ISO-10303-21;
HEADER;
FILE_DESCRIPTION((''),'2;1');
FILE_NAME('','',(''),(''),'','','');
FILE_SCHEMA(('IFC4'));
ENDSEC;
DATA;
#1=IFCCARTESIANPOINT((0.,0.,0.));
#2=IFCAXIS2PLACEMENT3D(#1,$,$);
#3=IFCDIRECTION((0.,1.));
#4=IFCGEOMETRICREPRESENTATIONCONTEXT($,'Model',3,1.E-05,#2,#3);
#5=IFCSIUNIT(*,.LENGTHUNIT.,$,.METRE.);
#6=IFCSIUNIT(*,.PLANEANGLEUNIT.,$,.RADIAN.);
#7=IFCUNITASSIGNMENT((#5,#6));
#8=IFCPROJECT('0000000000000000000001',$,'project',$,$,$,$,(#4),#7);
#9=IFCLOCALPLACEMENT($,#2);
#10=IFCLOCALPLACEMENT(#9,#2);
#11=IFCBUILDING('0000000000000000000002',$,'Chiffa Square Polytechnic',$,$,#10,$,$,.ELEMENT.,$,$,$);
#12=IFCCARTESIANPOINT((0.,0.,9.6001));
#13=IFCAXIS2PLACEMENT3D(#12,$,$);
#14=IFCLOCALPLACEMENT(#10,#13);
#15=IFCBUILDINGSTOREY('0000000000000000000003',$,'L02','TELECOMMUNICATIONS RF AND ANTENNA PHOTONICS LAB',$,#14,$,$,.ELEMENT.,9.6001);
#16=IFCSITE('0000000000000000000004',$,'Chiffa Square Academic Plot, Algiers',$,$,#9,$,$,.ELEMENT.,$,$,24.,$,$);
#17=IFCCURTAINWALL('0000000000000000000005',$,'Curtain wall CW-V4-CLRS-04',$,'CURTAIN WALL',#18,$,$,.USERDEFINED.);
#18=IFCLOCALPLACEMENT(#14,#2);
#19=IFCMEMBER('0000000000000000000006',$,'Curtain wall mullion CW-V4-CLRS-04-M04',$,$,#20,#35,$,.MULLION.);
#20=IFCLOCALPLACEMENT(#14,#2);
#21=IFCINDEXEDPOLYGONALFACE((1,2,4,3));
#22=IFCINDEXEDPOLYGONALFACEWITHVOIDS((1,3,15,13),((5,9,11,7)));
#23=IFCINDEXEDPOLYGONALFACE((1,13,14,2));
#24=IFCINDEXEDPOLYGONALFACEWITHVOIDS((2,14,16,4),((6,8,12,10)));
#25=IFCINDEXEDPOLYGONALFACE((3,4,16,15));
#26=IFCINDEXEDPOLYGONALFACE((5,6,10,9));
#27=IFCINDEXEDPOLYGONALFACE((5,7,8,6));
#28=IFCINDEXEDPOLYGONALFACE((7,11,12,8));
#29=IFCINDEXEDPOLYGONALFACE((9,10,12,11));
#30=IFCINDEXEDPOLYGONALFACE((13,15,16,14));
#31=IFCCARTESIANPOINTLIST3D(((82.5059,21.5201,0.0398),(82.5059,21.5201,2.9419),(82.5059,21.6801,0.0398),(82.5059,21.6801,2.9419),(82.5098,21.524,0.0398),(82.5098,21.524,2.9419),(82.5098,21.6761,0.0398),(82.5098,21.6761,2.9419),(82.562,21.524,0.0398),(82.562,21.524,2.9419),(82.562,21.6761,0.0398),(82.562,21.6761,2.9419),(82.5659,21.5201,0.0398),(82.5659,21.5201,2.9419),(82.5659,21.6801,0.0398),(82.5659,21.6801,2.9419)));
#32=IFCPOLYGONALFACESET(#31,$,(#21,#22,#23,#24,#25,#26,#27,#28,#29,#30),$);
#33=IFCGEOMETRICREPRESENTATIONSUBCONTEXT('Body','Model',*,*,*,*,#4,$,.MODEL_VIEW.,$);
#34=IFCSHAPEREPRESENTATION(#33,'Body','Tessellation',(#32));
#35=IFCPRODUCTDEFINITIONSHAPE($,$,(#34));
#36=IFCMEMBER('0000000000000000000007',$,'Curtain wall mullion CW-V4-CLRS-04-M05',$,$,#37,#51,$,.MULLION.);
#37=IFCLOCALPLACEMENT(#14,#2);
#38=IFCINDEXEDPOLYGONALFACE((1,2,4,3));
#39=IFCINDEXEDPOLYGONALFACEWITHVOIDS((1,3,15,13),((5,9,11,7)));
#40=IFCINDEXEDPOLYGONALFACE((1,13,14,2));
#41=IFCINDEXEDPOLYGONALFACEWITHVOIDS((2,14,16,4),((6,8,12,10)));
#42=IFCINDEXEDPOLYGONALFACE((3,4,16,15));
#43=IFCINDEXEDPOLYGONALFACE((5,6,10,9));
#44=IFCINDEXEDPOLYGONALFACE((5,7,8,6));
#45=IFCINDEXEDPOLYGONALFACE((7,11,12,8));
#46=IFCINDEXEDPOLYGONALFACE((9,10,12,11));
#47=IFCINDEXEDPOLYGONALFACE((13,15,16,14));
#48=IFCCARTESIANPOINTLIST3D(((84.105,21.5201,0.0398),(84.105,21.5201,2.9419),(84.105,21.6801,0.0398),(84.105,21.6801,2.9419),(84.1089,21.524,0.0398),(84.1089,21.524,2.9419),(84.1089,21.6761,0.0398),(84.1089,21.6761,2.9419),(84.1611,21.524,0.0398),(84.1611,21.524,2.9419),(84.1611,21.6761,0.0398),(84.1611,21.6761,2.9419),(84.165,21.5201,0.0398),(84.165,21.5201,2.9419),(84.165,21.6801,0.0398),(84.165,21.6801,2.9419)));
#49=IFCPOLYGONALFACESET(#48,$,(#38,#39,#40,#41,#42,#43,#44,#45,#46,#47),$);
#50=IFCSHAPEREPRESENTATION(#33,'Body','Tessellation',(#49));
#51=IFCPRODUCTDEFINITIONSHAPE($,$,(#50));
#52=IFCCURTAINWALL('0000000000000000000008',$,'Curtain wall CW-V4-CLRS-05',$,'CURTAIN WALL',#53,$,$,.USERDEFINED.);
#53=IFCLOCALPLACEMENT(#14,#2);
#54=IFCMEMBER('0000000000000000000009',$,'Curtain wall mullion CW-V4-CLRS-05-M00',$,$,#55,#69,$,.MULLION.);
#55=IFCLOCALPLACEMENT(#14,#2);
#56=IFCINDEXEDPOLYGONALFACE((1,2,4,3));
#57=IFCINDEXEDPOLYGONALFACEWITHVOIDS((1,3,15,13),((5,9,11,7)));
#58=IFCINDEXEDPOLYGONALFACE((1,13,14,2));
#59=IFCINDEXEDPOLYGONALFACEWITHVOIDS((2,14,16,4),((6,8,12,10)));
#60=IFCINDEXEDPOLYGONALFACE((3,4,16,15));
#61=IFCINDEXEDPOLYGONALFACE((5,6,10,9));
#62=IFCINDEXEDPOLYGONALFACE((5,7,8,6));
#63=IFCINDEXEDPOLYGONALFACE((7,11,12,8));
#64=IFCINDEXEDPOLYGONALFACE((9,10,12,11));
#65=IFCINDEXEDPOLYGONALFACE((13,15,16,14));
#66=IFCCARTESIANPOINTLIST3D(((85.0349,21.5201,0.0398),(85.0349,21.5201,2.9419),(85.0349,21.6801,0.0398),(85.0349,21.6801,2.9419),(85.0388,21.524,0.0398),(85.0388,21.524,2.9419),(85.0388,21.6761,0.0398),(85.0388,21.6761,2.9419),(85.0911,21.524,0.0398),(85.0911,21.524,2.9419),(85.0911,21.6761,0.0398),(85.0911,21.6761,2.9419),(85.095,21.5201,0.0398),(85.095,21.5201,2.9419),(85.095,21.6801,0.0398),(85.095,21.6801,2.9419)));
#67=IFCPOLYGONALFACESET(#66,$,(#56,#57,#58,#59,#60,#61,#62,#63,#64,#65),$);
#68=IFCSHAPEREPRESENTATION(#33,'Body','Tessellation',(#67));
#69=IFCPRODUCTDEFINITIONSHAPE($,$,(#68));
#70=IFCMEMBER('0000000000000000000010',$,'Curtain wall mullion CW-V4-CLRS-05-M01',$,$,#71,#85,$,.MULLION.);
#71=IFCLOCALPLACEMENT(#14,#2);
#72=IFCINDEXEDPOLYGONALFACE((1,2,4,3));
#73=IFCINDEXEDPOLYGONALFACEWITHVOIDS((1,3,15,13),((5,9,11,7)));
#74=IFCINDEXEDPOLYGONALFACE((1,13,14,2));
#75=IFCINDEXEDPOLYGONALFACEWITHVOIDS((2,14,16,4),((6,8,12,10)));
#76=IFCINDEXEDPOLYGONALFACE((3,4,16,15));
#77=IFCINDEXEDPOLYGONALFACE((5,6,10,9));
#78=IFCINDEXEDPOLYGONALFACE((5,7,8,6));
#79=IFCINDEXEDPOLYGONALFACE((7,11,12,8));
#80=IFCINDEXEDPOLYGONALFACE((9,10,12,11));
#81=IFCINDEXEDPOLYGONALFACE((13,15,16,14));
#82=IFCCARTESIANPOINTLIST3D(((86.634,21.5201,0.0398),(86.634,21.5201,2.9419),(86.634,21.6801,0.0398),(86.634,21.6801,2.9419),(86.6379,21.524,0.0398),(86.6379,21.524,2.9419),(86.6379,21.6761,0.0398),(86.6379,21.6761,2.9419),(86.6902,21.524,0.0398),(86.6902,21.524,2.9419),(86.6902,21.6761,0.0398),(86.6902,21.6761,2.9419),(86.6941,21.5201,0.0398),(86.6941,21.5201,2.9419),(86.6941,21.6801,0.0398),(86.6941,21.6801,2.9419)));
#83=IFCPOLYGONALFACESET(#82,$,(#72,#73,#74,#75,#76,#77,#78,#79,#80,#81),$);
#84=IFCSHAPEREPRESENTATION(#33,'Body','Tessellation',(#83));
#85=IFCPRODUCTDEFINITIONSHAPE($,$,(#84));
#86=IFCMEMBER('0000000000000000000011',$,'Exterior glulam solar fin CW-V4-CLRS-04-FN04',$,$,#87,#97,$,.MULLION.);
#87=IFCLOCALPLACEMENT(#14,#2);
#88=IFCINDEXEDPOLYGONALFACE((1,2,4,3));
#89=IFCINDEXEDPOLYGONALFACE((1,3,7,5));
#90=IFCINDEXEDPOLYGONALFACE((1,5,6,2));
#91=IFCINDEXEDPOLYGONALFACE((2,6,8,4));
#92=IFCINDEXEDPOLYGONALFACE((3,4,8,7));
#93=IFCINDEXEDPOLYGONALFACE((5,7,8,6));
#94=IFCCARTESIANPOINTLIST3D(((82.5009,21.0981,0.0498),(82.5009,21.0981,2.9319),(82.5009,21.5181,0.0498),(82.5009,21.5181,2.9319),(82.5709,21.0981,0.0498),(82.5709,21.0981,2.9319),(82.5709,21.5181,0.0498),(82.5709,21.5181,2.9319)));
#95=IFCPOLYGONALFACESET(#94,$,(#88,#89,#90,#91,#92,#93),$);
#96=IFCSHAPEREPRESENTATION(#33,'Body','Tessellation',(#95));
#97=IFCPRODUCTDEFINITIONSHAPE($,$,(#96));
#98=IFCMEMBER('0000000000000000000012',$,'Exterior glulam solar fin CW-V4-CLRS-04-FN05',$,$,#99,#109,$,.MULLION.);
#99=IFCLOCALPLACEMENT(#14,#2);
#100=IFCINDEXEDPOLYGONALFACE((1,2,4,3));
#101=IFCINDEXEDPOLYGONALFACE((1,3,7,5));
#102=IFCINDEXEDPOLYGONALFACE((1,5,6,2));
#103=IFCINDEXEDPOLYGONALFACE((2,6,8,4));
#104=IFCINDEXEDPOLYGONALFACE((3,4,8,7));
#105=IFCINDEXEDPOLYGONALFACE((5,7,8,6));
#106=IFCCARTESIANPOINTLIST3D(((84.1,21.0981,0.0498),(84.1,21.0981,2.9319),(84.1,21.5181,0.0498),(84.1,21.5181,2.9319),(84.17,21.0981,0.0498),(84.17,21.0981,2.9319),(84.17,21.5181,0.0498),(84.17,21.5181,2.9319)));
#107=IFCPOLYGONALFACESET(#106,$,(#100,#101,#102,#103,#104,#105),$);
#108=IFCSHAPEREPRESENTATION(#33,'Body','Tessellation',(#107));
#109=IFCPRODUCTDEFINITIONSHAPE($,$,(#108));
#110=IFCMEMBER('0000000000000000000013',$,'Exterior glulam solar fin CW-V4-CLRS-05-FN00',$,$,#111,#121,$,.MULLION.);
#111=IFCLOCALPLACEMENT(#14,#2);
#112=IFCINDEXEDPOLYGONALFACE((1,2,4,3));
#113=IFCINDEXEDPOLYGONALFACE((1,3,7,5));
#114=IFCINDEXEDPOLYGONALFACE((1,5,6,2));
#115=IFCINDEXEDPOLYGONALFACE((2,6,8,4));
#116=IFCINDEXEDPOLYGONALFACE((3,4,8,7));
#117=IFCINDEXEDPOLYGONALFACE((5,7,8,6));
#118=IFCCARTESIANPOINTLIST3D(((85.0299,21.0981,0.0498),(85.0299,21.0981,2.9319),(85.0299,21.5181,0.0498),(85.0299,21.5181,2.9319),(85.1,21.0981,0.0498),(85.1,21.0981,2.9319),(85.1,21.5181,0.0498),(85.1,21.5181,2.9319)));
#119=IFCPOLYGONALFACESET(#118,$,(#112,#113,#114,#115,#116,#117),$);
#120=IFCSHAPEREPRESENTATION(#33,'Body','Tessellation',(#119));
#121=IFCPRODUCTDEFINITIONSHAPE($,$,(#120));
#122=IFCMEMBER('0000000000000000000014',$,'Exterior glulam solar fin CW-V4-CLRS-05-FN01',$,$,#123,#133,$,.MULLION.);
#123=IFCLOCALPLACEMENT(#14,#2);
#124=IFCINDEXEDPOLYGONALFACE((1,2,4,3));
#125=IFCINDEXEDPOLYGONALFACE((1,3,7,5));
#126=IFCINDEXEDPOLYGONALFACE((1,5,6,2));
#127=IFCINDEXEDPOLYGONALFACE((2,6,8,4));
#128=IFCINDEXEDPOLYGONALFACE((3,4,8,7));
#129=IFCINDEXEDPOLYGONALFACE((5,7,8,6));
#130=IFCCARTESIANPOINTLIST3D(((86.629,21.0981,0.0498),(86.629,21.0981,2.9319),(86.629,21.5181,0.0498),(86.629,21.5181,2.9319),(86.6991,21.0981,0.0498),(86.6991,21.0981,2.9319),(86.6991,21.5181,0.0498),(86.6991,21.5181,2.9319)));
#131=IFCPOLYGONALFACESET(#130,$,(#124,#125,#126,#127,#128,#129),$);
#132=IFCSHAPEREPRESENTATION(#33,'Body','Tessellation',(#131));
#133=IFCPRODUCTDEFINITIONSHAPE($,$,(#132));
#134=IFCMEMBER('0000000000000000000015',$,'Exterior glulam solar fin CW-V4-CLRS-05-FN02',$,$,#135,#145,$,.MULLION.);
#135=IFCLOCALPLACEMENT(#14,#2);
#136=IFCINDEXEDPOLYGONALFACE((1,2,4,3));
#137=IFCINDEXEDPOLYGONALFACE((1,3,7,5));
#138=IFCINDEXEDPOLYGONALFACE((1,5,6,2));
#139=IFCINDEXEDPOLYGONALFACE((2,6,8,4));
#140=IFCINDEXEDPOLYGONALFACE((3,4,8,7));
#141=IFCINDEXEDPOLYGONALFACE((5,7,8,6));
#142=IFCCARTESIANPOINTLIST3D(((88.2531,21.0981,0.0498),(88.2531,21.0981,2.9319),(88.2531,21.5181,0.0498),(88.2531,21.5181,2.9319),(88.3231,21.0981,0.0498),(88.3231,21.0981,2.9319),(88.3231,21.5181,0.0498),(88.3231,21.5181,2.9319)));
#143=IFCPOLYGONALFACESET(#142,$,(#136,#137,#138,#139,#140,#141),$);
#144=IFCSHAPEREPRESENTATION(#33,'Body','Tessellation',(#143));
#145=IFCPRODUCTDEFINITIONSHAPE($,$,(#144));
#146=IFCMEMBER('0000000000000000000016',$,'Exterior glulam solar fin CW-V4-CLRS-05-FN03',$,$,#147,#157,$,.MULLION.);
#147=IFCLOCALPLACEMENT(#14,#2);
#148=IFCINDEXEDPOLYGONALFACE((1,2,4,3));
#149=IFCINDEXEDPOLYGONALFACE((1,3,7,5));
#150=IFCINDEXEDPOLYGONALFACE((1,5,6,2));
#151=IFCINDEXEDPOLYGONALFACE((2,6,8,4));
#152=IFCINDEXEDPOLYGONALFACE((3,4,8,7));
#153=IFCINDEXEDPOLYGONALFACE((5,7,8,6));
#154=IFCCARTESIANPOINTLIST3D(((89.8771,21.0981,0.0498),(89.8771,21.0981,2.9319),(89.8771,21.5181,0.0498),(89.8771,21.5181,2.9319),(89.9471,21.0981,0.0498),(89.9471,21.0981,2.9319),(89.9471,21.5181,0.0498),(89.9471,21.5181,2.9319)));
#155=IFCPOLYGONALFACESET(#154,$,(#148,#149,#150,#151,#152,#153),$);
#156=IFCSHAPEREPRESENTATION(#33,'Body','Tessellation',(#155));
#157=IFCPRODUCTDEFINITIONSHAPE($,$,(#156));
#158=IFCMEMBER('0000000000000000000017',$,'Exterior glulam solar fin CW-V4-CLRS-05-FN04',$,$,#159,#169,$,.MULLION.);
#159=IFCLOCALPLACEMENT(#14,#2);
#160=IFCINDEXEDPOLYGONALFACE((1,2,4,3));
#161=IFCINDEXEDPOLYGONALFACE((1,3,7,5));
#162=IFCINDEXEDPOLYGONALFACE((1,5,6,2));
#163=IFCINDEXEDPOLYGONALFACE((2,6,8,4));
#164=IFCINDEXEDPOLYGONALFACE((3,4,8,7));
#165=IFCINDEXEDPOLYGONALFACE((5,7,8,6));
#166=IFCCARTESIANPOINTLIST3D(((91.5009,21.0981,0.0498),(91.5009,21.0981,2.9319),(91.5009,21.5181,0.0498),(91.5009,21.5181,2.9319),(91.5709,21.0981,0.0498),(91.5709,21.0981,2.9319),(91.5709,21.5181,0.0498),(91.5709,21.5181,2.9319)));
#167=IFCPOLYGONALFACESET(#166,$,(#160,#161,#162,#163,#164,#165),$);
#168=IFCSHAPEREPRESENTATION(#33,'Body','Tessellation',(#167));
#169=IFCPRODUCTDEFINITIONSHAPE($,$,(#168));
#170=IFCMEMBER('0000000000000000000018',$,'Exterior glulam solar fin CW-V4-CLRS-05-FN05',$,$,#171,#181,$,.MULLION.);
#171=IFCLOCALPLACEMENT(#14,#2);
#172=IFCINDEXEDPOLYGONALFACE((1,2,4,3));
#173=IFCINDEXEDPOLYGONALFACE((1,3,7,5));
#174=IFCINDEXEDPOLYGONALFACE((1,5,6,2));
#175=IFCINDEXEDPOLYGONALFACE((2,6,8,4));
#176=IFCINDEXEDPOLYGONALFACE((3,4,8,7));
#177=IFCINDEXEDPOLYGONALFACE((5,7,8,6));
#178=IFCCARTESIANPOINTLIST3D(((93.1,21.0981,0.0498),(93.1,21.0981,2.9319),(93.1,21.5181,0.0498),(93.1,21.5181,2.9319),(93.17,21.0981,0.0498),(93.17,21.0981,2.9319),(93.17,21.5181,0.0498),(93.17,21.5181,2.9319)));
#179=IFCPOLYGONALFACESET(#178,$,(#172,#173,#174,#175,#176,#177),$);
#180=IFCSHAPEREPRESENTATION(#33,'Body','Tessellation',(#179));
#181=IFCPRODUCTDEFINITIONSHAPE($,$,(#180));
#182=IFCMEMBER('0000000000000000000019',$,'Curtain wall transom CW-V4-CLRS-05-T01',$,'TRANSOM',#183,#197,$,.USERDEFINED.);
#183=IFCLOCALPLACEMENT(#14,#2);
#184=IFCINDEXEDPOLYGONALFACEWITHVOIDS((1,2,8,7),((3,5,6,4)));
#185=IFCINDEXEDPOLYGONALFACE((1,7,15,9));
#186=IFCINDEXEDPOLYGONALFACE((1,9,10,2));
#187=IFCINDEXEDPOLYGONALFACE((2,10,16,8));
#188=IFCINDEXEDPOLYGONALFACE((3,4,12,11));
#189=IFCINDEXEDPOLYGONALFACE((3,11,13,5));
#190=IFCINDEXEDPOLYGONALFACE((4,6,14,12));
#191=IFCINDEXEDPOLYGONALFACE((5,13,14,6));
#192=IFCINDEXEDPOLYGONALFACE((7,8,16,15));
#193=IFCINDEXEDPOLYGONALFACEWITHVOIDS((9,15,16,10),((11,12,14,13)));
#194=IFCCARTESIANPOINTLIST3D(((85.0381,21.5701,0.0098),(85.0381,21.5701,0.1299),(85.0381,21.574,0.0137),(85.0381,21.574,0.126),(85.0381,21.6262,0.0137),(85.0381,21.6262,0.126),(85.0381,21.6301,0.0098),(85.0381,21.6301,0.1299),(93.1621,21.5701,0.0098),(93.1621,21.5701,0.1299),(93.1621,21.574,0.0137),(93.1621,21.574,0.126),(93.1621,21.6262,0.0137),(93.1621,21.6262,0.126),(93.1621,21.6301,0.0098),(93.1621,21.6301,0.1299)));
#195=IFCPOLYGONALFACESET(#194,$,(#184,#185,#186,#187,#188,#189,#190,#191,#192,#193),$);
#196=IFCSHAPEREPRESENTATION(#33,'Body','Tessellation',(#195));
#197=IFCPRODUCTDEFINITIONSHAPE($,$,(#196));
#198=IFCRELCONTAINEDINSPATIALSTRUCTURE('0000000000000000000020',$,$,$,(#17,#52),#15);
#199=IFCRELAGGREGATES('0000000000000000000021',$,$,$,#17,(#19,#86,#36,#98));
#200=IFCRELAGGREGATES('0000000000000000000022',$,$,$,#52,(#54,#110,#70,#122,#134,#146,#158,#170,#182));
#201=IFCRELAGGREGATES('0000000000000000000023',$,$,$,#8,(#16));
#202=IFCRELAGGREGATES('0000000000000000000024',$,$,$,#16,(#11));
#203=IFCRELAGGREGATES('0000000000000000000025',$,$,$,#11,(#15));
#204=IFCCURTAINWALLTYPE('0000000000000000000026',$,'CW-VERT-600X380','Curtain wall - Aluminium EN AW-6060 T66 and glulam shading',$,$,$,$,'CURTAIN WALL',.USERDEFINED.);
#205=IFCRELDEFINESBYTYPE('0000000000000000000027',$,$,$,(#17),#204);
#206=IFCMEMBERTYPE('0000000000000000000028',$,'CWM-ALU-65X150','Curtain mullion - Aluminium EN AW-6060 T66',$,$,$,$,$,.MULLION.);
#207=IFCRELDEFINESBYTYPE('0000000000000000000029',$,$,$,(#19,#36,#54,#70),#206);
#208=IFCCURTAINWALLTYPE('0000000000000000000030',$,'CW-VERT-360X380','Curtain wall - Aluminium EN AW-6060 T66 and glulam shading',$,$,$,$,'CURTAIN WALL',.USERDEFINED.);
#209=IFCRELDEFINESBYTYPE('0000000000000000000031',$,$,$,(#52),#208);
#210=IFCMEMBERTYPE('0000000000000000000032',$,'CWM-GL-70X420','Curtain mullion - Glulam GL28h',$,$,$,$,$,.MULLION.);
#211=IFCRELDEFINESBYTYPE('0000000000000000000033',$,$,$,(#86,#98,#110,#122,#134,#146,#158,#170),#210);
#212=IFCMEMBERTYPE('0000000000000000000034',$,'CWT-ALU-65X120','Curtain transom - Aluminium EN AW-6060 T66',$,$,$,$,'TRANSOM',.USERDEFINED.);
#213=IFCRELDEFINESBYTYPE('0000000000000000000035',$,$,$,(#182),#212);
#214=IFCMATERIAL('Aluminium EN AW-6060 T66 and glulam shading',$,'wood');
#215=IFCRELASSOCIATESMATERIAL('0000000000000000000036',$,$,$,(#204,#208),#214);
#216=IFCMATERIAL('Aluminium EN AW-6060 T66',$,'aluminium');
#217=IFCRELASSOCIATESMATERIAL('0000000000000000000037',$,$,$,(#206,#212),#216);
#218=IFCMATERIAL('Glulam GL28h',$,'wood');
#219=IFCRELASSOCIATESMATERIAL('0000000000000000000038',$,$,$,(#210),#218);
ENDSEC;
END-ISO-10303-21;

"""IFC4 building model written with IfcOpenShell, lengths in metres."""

from ifc_helpers import new_model, si_unit, direction, frame, origin, origin_2d, place, context, subcontext, project, spatial, rectangle, hollow_rectangle, extrude, material, material_profile, profile_set, type_object, element, aggregate, save


model = new_model("IFC4")

# Units and contexts
model_context = context("Model", 3, precision=1e-05, world=origin(), true_north=direction((0.0, 1.0)))
body_context = subcontext(model_context, "Body", "Model", "MODEL_VIEW")
ifc_project = project(units=[si_unit("LENGTHUNIT", "METRE"), si_unit("PLANEANGLEUNIT", "RADIAN")], contexts=[model_context])

# Site, building, storey
site_placement = place(None, origin())
site = spatial("IfcSite", under=ifc_project, at=site_placement, Name="Chiffa Square Academic Plot, Algiers", CompositionType="ELEMENT", RefElevation=24.0)
building_placement = place(site_placement, origin())
building = spatial("IfcBuilding", under=site, at=building_placement, Name="Chiffa Square Polytechnic", CompositionType="ELEMENT")
storey_placement = place(building_placement, frame((0.0, 0.0, 9.6001)))
storey = spatial("IfcBuildingStorey", under=building, at=storey_placement, Name="L02", Description="TELECOMMUNICATIONS RF AND ANTENNA PHOTONICS LAB", CompositionType="ELEMENT", Elevation=9.6001)

# Curtain walls, members
ifc_material_1 = material(Name="Aluminium EN AW-6060 T66 and glulam shading", Category="wood")
curtain_wall_type_1 = type_object("IfcCurtainWallType", Name="CW-VERT-600X380", Description="Curtain wall - Aluminium EN AW-6060 T66 and glulam shading", ElementType="CURTAIN WALL", PredefinedType="USERDEFINED", material=ifc_material_1)
curtain_wall_1_placement = place(storey_placement, origin())
curtain_wall_1 = element("IfcCurtainWall", 1, at=curtain_wall_1_placement, inside=storey, type_object=curtain_wall_type_1, Name="Curtain wall CW-V4-CLRS-04", ObjectType="CURTAIN WALL", PredefinedType="USERDEFINED")
ifc_material_2 = material(Name="Aluminium EN AW-6060 T66", Category="aluminium")
ifc_material_profile_1 = material_profile(ifc_material_2, hollow_rectangle(XDim=0.0601, YDim=0.1599, WallThickness=0.0039, at=origin_2d()), Name="ALU 60x160x4")
ifc_profile_set_1 = profile_set([ifc_material_profile_1], Name="Aluminium EN AW-6060 T66")
member_type_1 = type_object("IfcMemberType", Name="CWM-ALU-65X150", Description="Curtain mullion - Aluminium EN AW-6060 T66", PredefinedType="MULLION", material=ifc_profile_set_1)
member_1_placement = place(storey_placement, frame((82.5359, 21.6001, 0.0398), z_axis=(0.0, 0.0, 1.0), x_axis=(1.0, 0.0, 0.0)))
member_1 = element("IfcMember", 2, at=member_1_placement, type_object=member_type_1, Name="Curtain wall mullion CW-V4-CLRS-04-M04", PredefinedType="MULLION", context=body_context, shape_type="SweptSolid", body=[
    extrude(hollow_rectangle(XDim=0.0601, YDim=0.1599, WallThickness=0.0039, at=origin_2d()), origin(), (0.0, 0.0, 1.0), 2.9021),
])
member_2_placement = place(storey_placement, frame((84.135, 21.6001, 0.0398), z_axis=(0.0, 0.0, 1.0), x_axis=(1.0, 0.0, 0.0)))
member_2 = element("IfcMember", 3, at=member_2_placement, type_object=member_type_1, Name="Curtain wall mullion CW-V4-CLRS-04-M05", PredefinedType="MULLION", context=body_context, shape_type="SweptSolid", body=[
    extrude(hollow_rectangle(XDim=0.0601, YDim=0.1599, WallThickness=0.0039, at=origin_2d()), origin(), (0.0, 0.0, 1.0), 2.9021),
])
curtain_wall_type_2 = type_object("IfcCurtainWallType", Name="CW-VERT-360X380", Description="Curtain wall - Aluminium EN AW-6060 T66 and glulam shading", ElementType="CURTAIN WALL", PredefinedType="USERDEFINED", material=ifc_material_1)
curtain_wall_2_placement = place(storey_placement, origin())
curtain_wall_2 = element("IfcCurtainWall", 4, at=curtain_wall_2_placement, inside=storey, type_object=curtain_wall_type_2, Name="Curtain wall CW-V4-CLRS-05", ObjectType="CURTAIN WALL", PredefinedType="USERDEFINED")
member_3_placement = place(storey_placement, frame((85.0649, 21.6001, 0.0398), z_axis=(0.0, 0.0, 1.0), x_axis=(1.0, 0.0, 0.0)))
member_3 = element("IfcMember", 5, at=member_3_placement, type_object=member_type_1, Name="Curtain wall mullion CW-V4-CLRS-05-M00", PredefinedType="MULLION", context=body_context, shape_type="SweptSolid", body=[
    extrude(hollow_rectangle(XDim=0.0601, YDim=0.1599, WallThickness=0.0039, at=origin_2d()), origin(), (0.0, 0.0, 1.0), 2.9021),
])
member_4_placement = place(storey_placement, frame((86.6641, 21.6001, 0.0398), z_axis=(0.0, 0.0, 1.0), x_axis=(1.0, 0.0, 0.0)))
member_4 = element("IfcMember", 6, at=member_4_placement, type_object=member_type_1, Name="Curtain wall mullion CW-V4-CLRS-05-M01", PredefinedType="MULLION", context=body_context, shape_type="SweptSolid", body=[
    extrude(hollow_rectangle(XDim=0.0601, YDim=0.1599, WallThickness=0.0039, at=origin_2d()), origin(), (0.0, 0.0, 1.0), 2.9021),
])

# Members
ifc_material_3 = material(Name="Glulam GL28h", Category="wood")
ifc_material_profile_2 = material_profile(ifc_material_3, rectangle(XDim=0.0701, YDim=0.4199, at=origin_2d()), Name="GL28h 70x420")
ifc_profile_set_2 = profile_set([ifc_material_profile_2], Name="Glulam GL28h")
member_type_2 = type_object("IfcMemberType", Name="CWM-GL-70X420", Description="Curtain mullion - Glulam GL28h", PredefinedType="MULLION", material=ifc_profile_set_2)
member_5_placement = place(storey_placement, frame((82.5359, 21.3081, 0.0498), z_axis=(0.0, 0.0, 1.0), x_axis=(1.0, 0.0, 0.0)))
member_5 = element("IfcMember", 7, at=member_5_placement, type_object=member_type_2, Name="Exterior glulam solar fin CW-V4-CLRS-04-FN04", PredefinedType="MULLION", context=body_context, shape_type="SweptSolid", body=[
    extrude(rectangle(XDim=0.0701, YDim=0.4199, at=origin_2d()), origin(), (0.0, 0.0, 1.0), 2.8821),
])
member_6_placement = place(storey_placement, frame((84.135, 21.3081, 0.0498), z_axis=(0.0, 0.0, 1.0), x_axis=(1.0, 0.0, 0.0)))
member_6 = element("IfcMember", 8, at=member_6_placement, type_object=member_type_2, Name="Exterior glulam solar fin CW-V4-CLRS-04-FN05", PredefinedType="MULLION", context=body_context, shape_type="SweptSolid", body=[
    extrude(rectangle(XDim=0.0701, YDim=0.4199, at=origin_2d()), origin(), (0.0, 0.0, 1.0), 2.8821),
])
member_7_placement = place(storey_placement, frame((85.0649, 21.3081, 0.0498), z_axis=(0.0, 0.0, 1.0), x_axis=(1.0, 0.0, 0.0)))
member_7 = element("IfcMember", 9, at=member_7_placement, type_object=member_type_2, Name="Exterior glulam solar fin CW-V4-CLRS-05-FN00", PredefinedType="MULLION", context=body_context, shape_type="SweptSolid", body=[
    extrude(rectangle(XDim=0.0701, YDim=0.4199, at=origin_2d()), origin(), (0.0, 0.0, 1.0), 2.8821),
])
member_8_placement = place(storey_placement, frame((86.6641, 21.3081, 0.0498), z_axis=(0.0, 0.0, 1.0), x_axis=(1.0, 0.0, 0.0)))
member_8 = element("IfcMember", 10, at=member_8_placement, type_object=member_type_2, Name="Exterior glulam solar fin CW-V4-CLRS-05-FN01", PredefinedType="MULLION", context=body_context, shape_type="SweptSolid", body=[
    extrude(rectangle(XDim=0.0701, YDim=0.4199, at=origin_2d()), origin(), (0.0, 0.0, 1.0), 2.8821),
])
member_9_placement = place(storey_placement, frame((88.2881, 21.3081, 0.0498), z_axis=(0.0, 0.0, 1.0), x_axis=(1.0, 0.0, 0.0)))
member_9 = element("IfcMember", 11, at=member_9_placement, type_object=member_type_2, Name="Exterior glulam solar fin CW-V4-CLRS-05-FN02", PredefinedType="MULLION", context=body_context, shape_type="SweptSolid", body=[
    extrude(rectangle(XDim=0.0701, YDim=0.4199, at=origin_2d()), origin(), (0.0, 0.0, 1.0), 2.8821),
])
member_10_placement = place(storey_placement, frame((89.9121, 21.3081, 0.0498), z_axis=(0.0, 0.0, 1.0), x_axis=(1.0, 0.0, 0.0)))
member_10 = element("IfcMember", 12, at=member_10_placement, type_object=member_type_2, Name="Exterior glulam solar fin CW-V4-CLRS-05-FN03", PredefinedType="MULLION", context=body_context, shape_type="SweptSolid", body=[
    extrude(rectangle(XDim=0.0701, YDim=0.4199, at=origin_2d()), origin(), (0.0, 0.0, 1.0), 2.8821),
])
member_11_placement = place(storey_placement, frame((91.5359, 21.3081, 0.0498), z_axis=(0.0, 0.0, 1.0), x_axis=(1.0, 0.0, 0.0)))
member_11 = element("IfcMember", 13, at=member_11_placement, type_object=member_type_2, Name="Exterior glulam solar fin CW-V4-CLRS-05-FN04", PredefinedType="MULLION", context=body_context, shape_type="SweptSolid", body=[
    extrude(rectangle(XDim=0.0701, YDim=0.4199, at=origin_2d()), origin(), (0.0, 0.0, 1.0), 2.8821),
])
member_12_placement = place(storey_placement, frame((93.135, 21.3081, 0.0498), z_axis=(0.0, 0.0, 1.0), x_axis=(1.0, 0.0, 0.0)))
member_12 = element("IfcMember", 14, at=member_12_placement, type_object=member_type_2, Name="Exterior glulam solar fin CW-V4-CLRS-05-FN05", PredefinedType="MULLION", context=body_context, shape_type="SweptSolid", body=[
    extrude(rectangle(XDim=0.0701, YDim=0.4199, at=origin_2d()), origin(), (0.0, 0.0, 1.0), 2.8821),
])
ifc_material_profile_3 = material_profile(ifc_material_2, hollow_rectangle(XDim=0.0601, YDim=0.1201, WallThickness=0.0039, at=origin_2d()), Name="ALU 60x120x4")
ifc_profile_set_3 = profile_set([ifc_material_profile_3], Name="Aluminium EN AW-6060 T66")
member_type_3 = type_object("IfcMemberType", Name="CWT-ALU-65X120", Description="Curtain transom - Aluminium EN AW-6060 T66", ElementType="TRANSOM", PredefinedType="USERDEFINED", material=ifc_profile_set_3)
member_13_placement = place(storey_placement, frame((85.0381, 21.6001, 0.0698), z_axis=(1.0, 0.0, 0.0), x_axis=(0.0, 1.0, 0.0)))
member_13 = element("IfcMember", 15, at=member_13_placement, type_object=member_type_3, Name="Curtain wall transom CW-V4-CLRS-05-T01", ObjectType="TRANSOM", PredefinedType="USERDEFINED", context=body_context, shape_type="SweptSolid", body=[
    extrude(hollow_rectangle(XDim=0.0601, YDim=0.1201, WallThickness=0.0039, at=origin_2d()), origin(), (0.0, 0.0, 1.0), 8.124),
])

aggregate(curtain_wall_1, [member_1, member_5, member_2, member_6])
aggregate(curtain_wall_2, [member_3, member_7, member_4, member_8, member_9, member_10, member_11, member_12, member_13])

save(model, "model.ifc")
